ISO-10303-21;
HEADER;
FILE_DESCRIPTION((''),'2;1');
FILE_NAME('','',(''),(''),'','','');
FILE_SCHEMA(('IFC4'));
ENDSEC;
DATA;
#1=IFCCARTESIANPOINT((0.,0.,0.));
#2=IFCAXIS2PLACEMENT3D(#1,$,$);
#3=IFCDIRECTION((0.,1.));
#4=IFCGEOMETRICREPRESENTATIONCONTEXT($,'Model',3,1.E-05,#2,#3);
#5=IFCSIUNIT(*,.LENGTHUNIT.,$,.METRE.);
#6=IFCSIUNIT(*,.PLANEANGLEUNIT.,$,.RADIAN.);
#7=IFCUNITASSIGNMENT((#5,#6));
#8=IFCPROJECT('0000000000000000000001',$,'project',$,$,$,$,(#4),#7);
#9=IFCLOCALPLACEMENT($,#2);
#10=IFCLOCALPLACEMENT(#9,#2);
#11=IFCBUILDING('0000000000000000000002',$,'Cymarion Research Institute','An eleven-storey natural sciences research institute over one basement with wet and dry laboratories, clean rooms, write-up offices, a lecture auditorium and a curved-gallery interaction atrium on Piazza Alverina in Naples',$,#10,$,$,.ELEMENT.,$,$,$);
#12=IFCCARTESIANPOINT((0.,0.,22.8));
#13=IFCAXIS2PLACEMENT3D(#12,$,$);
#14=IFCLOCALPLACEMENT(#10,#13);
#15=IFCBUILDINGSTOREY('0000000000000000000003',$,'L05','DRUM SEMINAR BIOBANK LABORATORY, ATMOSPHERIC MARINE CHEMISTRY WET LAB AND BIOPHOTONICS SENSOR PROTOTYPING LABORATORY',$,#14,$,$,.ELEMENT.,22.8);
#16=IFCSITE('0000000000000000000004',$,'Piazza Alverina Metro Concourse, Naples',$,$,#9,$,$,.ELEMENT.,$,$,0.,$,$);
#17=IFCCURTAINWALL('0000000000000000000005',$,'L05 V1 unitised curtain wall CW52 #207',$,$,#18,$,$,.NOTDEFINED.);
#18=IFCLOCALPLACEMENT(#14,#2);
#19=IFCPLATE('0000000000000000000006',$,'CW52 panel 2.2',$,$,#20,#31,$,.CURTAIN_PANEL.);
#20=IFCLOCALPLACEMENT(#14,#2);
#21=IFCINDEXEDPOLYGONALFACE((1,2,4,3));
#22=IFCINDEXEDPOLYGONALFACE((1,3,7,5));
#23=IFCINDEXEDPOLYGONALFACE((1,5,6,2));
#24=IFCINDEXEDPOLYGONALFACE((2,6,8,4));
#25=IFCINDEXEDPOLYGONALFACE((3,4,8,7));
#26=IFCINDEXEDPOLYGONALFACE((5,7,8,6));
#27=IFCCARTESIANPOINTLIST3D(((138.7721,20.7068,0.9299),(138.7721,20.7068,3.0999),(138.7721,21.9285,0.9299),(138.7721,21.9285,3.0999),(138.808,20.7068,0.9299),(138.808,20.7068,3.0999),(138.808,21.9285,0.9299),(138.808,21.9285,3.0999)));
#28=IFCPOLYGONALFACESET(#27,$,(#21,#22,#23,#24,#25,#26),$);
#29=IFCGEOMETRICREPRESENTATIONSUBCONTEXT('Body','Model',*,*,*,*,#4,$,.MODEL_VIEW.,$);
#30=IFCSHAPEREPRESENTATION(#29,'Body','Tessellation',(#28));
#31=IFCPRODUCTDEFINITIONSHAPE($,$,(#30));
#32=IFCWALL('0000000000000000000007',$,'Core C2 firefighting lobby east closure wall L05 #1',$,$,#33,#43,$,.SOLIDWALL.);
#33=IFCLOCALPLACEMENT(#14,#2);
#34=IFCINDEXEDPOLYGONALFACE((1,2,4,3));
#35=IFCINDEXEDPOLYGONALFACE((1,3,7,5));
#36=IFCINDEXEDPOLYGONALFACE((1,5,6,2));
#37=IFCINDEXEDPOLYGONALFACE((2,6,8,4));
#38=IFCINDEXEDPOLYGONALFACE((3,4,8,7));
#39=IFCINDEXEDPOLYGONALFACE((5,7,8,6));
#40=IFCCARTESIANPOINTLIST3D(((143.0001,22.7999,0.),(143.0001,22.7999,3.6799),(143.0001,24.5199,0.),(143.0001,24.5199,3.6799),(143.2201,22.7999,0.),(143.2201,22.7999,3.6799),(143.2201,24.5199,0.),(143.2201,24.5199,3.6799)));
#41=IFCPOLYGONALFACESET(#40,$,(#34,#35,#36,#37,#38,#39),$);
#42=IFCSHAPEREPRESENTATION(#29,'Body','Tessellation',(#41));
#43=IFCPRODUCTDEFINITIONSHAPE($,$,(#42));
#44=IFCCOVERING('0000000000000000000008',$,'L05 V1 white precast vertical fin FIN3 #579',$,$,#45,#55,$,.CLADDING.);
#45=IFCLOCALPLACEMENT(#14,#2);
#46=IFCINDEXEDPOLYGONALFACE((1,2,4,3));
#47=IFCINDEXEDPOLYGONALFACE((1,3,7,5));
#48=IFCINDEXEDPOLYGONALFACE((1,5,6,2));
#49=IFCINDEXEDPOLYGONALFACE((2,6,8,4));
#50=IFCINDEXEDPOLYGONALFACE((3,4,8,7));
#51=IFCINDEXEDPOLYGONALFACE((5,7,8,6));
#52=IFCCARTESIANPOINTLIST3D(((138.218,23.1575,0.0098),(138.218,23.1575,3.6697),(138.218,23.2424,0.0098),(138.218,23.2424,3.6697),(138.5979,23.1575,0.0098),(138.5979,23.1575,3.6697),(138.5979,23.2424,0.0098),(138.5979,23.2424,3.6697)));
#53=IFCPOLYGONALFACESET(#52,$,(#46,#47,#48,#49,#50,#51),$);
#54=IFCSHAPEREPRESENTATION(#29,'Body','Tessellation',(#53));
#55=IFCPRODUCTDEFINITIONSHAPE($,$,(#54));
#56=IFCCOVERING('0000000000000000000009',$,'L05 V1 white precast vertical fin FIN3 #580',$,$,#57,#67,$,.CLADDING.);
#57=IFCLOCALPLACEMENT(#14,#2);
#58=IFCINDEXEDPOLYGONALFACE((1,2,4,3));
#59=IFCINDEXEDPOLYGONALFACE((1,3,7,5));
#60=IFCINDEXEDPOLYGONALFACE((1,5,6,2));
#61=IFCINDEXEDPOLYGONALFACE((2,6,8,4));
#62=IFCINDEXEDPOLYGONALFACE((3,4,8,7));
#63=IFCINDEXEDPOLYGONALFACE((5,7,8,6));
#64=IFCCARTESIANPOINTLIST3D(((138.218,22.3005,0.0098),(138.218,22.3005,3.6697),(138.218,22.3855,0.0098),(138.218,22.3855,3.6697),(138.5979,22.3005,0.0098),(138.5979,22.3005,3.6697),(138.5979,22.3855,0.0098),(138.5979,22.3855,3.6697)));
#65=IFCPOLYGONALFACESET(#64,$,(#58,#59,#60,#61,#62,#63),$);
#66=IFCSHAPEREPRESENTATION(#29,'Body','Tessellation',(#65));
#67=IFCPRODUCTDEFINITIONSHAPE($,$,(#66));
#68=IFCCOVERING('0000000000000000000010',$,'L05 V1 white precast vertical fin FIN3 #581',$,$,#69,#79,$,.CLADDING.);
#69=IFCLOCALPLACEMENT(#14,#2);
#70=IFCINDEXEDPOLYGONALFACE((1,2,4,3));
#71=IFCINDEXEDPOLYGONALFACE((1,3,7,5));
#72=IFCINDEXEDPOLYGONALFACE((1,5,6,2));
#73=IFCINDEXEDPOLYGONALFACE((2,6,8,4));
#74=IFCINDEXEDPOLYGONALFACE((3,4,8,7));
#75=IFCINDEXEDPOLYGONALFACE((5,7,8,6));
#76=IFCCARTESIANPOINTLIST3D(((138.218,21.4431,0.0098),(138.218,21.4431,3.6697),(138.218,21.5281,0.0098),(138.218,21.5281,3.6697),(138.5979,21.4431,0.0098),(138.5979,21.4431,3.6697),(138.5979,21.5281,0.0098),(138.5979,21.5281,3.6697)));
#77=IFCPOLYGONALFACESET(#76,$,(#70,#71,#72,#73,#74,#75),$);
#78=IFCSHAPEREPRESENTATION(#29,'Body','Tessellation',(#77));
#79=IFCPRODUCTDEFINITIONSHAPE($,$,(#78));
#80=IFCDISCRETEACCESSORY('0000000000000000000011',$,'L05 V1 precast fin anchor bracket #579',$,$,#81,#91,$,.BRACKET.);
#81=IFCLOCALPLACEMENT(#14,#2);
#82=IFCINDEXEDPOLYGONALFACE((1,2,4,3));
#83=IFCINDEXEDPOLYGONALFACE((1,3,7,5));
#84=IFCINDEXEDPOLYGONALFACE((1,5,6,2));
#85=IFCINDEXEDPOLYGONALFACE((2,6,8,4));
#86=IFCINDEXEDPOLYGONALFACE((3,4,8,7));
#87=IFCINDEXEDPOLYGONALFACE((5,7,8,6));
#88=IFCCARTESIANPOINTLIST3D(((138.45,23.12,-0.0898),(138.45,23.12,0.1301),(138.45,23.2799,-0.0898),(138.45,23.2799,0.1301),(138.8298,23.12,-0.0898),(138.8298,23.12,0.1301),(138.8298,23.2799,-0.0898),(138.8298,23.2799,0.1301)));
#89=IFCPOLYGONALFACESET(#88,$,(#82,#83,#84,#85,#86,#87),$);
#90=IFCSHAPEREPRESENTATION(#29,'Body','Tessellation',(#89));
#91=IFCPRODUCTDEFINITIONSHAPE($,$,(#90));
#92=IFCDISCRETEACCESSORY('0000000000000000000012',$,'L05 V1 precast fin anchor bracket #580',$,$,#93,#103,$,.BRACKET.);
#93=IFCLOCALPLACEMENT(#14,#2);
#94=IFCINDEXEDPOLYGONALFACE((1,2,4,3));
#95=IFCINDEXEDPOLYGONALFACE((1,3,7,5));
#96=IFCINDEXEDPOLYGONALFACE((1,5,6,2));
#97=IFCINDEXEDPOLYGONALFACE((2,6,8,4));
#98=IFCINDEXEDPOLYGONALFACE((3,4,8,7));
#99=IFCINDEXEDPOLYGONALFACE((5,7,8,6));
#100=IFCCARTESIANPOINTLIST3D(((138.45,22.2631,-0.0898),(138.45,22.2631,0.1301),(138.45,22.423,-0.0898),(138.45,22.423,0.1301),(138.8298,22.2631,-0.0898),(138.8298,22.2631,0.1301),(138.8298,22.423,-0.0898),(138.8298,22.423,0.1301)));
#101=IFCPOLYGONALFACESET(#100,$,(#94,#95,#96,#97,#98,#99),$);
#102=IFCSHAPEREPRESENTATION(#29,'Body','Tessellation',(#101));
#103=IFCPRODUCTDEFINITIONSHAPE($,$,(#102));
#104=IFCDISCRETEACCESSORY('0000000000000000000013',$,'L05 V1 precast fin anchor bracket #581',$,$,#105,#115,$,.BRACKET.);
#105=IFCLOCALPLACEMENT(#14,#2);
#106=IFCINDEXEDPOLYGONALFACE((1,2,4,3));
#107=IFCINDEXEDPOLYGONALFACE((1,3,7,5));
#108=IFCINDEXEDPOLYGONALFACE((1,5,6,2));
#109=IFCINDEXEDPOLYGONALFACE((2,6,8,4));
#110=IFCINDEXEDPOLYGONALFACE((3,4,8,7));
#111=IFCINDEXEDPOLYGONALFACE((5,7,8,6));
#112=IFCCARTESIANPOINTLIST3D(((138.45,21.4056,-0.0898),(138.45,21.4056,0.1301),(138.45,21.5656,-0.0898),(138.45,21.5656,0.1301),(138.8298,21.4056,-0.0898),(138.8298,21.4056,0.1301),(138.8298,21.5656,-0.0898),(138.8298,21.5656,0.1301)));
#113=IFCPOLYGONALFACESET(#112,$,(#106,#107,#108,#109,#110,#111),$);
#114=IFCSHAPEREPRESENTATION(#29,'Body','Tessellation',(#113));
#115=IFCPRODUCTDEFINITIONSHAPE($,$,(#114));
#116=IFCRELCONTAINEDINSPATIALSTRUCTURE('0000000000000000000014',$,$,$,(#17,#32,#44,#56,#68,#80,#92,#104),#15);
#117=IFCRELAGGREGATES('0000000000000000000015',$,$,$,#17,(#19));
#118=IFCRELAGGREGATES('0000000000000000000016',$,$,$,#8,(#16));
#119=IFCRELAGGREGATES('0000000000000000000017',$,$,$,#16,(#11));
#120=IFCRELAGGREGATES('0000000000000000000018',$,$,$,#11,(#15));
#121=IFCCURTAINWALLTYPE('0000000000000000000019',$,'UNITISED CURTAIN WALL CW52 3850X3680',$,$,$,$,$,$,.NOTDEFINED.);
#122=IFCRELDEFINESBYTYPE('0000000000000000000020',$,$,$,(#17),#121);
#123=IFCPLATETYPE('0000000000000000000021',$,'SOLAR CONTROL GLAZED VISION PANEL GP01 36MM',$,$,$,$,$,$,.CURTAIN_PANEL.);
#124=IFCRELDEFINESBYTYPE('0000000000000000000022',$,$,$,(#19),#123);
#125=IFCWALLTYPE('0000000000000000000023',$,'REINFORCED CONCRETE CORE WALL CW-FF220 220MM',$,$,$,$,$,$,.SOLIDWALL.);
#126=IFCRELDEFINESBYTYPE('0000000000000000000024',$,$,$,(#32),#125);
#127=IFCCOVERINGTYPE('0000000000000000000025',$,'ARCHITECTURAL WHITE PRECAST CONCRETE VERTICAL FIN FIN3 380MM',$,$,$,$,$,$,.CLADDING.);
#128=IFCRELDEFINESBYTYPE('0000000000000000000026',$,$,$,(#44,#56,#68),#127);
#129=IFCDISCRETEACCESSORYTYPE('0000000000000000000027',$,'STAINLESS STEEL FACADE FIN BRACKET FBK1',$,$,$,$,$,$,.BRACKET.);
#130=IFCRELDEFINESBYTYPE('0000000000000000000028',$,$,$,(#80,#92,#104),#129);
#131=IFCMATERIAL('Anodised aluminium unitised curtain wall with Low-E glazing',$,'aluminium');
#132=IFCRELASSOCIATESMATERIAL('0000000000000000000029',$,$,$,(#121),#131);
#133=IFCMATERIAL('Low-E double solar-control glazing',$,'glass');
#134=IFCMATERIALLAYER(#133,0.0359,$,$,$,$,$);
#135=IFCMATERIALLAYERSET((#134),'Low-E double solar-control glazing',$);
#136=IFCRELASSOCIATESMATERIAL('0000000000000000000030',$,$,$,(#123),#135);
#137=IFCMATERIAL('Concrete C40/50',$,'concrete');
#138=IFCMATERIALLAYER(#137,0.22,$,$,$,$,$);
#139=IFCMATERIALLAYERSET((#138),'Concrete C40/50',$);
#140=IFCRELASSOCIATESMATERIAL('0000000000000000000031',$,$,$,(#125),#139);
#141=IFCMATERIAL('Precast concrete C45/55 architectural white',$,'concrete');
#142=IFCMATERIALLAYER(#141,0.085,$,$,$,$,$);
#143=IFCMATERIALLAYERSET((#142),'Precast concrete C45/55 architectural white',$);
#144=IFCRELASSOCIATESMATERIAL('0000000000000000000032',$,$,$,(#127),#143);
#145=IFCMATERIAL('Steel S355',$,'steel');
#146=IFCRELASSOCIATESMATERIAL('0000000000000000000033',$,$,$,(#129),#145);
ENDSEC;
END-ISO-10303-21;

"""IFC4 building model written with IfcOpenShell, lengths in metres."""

from ifc_helpers import new_model, si_unit, direction, frame, frame_2d, origin, origin_2d, place, context, subcontext, project, spatial, rectangle, extrude, material, layer, layer_set, type_object, element, aggregate, save


model = new_model("IFC4")

# Units and contexts
model_context = context("Model", 3, precision=1e-05, world=origin(), true_north=direction((0.0, 1.0)))
body_context = subcontext(model_context, "Body", "Model", "MODEL_VIEW")
ifc_project = project(units=[si_unit("LENGTHUNIT", "METRE"), si_unit("PLANEANGLEUNIT", "RADIAN")], contexts=[model_context])

# Site, building, storey
site_placement = place(None, origin())
site = spatial("IfcSite", under=ifc_project, at=site_placement, Name="Piazza Alverina Metro Concourse, Naples", CompositionType="ELEMENT", RefElevation=0.0)
building_placement = place(site_placement, origin())
building = spatial("IfcBuilding", under=site, at=building_placement, Name="Cymarion Research Institute", Description="An eleven-storey natural sciences research institute over one basement with wet and dry laboratories, clean rooms, write-up offices, a lecture auditorium and a curved-gallery interaction atrium on Piazza Alverina in Naples", CompositionType="ELEMENT")
storey_placement = place(building_placement, frame((0.0, 0.0, 22.8)))
storey = spatial("IfcBuildingStorey", under=building, at=storey_placement, Name="L05", Description="DRUM SEMINAR BIOBANK LABORATORY, ATMOSPHERIC MARINE CHEMISTRY WET LAB AND BIOPHOTONICS SENSOR PROTOTYPING LABORATORY", CompositionType="ELEMENT", Elevation=22.8)

# Curtain wall, plate
ifc_material_1 = material(Name="Anodised aluminium unitised curtain wall with Low-E glazing", Category="aluminium")
curtain_wall_type = type_object("IfcCurtainWallType", Name="UNITISED CURTAIN WALL CW52 3850X3680", PredefinedType="NOTDEFINED", material=ifc_material_1)
curtain_wall_placement = place(storey_placement, origin())
curtain_wall = element("IfcCurtainWall", 1, at=curtain_wall_placement, inside=storey, type_object=curtain_wall_type, Name="L05 V1 unitised curtain wall CW52 #207", PredefinedType="NOTDEFINED")
ifc_material_2 = material(Name="Low-E double solar-control glazing", Category="glass")
ifc_layer_1 = layer(ifc_material_2, 0.0359)
ifc_layer_set_1 = layer_set([ifc_layer_1], Name="Low-E double solar-control glazing")
plate_type_1 = type_object("IfcPlateType", Name="SOLAR CONTROL GLAZED VISION PANEL GP01 36MM", PredefinedType="CURTAIN_PANEL", material=ifc_layer_set_1)
plate_1_placement = place(storey_placement, frame((138.79, 21.3176, 0.9299), z_axis=(0.0, 0.0, 1.0), x_axis=(0.0, -1.0, 0.0)))
plate_1 = element("IfcPlate", 2, at=plate_1_placement, type_object=plate_type_1, Name="CW52 panel 2.2", PredefinedType="CURTAIN_PANEL", context=body_context, shape_type="SweptSolid", body=[
    extrude(rectangle(XDim=1.2217, YDim=0.0359, at=origin_2d()), origin(), (0.0, 0.0, 1.0), 2.1699),
])
aggregate(curtain_wall, [plate_1])

# Shared definitions
ifc_material_3 = material(Name="Concrete C40/50", Category="concrete")
ifc_layer_2 = layer(ifc_material_3, 0.22)
ifc_layer_set_2 = layer_set([ifc_layer_2], Name="Concrete C40/50")
wall_type = type_object("IfcWallType", Name="REINFORCED CONCRETE CORE WALL CW-FF220 220MM", PredefinedType="SOLIDWALL", material=ifc_layer_set_2)

# Wall
wall_1_placement = place(storey_placement, frame((143.1101, 22.8, 0.0), z_axis=(0.0, 0.0, 1.0), x_axis=(0.0, 1.0, 0.0)))
element("IfcWall", 3, at=wall_1_placement, inside=storey, type_object=wall_type, Name="Core C2 firefighting lobby east closure wall L05 #1", PredefinedType="SOLIDWALL", context=body_context, shape_type="SweptSolid", body=[
    extrude(rectangle(XDim=1.72, YDim=0.22, at=frame_2d((0.8599, 0.0))), origin(), (0.0, 0.0, 1.0), 3.6799),
])

# Coverings
ifc_material_4 = material(Name="Precast concrete C45/55 architectural white", Category="concrete")
ifc_layer_3 = layer(ifc_material_4, 0.085)
ifc_layer_set_3 = layer_set([ifc_layer_3], Name="Precast concrete C45/55 architectural white")
covering_type = type_object("IfcCoveringType", Name="ARCHITECTURAL WHITE PRECAST CONCRETE VERTICAL FIN FIN3 380MM", PredefinedType="CLADDING", material=ifc_layer_set_3)
for number, where, z_axis, x_axis, name in (
    (4, (138.408, 23.2, 0.0098), (0.0, 0.0, 1.0), (-1.0, 0.0, 0.0), "L05 V1 white precast vertical fin FIN3 #579"),
    (5, (138.408, 22.343, 0.0098), (0.0, 0.0, 1.0), (-1.0, 0.0, 0.0), "L05 V1 white precast vertical fin FIN3 #580"),
    (6, (138.408, 21.4856, 0.0098), (0.0, 0.0, 1.0), (-1.0, 0.0, 0.0), "L05 V1 white precast vertical fin FIN3 #581"),
):
    element("IfcCovering", number, at=place(storey_placement, frame(where, z_axis=z_axis, x_axis=x_axis)), inside=storey, type_object=covering_type, Name=name, PredefinedType="CLADDING", context=body_context, shape_type="SweptSolid", body=[
        extrude(rectangle(XDim=0.3799, YDim=0.085, at=origin_2d()), origin(), (0.0, 0.0, 1.0), 3.6599),
    ])

# Discrete accessories
ifc_material_5 = material(Name="Steel S355", Category="steel")
discrete_accessory_type = type_object("IfcDiscreteAccessoryType", Name="STAINLESS STEEL FACADE FIN BRACKET FBK1", PredefinedType="BRACKET", material=ifc_material_5)
for number, where, z_axis, x_axis, name in (
    (7, (138.6399, 23.2, -0.0898), (0.0, 0.0, 1.0), (-1.0, 0.0, 0.0), "L05 V1 precast fin anchor bracket #579"),
    (8, (138.6399, 22.343, -0.0898), (0.0, 0.0, 1.0), (-1.0, 0.0, 0.0), "L05 V1 precast fin anchor bracket #580"),
    (9, (138.6399, 21.4856, -0.0898), (0.0, 0.0, 1.0), (-1.0, 0.0, 0.0), "L05 V1 precast fin anchor bracket #581"),
):
    element("IfcDiscreteAccessory", number, at=place(storey_placement, frame(where, z_axis=z_axis, x_axis=x_axis)), inside=storey, type_object=discrete_accessory_type, Name=name, PredefinedType="BRACKET", context=body_context, shape_type="SweptSolid", body=[
        extrude(rectangle(XDim=0.3799, YDim=0.1599, at=origin_2d()), origin(), (0.0, 0.0, 1.0), 0.22),
    ])

save(model, "model.ifc")
